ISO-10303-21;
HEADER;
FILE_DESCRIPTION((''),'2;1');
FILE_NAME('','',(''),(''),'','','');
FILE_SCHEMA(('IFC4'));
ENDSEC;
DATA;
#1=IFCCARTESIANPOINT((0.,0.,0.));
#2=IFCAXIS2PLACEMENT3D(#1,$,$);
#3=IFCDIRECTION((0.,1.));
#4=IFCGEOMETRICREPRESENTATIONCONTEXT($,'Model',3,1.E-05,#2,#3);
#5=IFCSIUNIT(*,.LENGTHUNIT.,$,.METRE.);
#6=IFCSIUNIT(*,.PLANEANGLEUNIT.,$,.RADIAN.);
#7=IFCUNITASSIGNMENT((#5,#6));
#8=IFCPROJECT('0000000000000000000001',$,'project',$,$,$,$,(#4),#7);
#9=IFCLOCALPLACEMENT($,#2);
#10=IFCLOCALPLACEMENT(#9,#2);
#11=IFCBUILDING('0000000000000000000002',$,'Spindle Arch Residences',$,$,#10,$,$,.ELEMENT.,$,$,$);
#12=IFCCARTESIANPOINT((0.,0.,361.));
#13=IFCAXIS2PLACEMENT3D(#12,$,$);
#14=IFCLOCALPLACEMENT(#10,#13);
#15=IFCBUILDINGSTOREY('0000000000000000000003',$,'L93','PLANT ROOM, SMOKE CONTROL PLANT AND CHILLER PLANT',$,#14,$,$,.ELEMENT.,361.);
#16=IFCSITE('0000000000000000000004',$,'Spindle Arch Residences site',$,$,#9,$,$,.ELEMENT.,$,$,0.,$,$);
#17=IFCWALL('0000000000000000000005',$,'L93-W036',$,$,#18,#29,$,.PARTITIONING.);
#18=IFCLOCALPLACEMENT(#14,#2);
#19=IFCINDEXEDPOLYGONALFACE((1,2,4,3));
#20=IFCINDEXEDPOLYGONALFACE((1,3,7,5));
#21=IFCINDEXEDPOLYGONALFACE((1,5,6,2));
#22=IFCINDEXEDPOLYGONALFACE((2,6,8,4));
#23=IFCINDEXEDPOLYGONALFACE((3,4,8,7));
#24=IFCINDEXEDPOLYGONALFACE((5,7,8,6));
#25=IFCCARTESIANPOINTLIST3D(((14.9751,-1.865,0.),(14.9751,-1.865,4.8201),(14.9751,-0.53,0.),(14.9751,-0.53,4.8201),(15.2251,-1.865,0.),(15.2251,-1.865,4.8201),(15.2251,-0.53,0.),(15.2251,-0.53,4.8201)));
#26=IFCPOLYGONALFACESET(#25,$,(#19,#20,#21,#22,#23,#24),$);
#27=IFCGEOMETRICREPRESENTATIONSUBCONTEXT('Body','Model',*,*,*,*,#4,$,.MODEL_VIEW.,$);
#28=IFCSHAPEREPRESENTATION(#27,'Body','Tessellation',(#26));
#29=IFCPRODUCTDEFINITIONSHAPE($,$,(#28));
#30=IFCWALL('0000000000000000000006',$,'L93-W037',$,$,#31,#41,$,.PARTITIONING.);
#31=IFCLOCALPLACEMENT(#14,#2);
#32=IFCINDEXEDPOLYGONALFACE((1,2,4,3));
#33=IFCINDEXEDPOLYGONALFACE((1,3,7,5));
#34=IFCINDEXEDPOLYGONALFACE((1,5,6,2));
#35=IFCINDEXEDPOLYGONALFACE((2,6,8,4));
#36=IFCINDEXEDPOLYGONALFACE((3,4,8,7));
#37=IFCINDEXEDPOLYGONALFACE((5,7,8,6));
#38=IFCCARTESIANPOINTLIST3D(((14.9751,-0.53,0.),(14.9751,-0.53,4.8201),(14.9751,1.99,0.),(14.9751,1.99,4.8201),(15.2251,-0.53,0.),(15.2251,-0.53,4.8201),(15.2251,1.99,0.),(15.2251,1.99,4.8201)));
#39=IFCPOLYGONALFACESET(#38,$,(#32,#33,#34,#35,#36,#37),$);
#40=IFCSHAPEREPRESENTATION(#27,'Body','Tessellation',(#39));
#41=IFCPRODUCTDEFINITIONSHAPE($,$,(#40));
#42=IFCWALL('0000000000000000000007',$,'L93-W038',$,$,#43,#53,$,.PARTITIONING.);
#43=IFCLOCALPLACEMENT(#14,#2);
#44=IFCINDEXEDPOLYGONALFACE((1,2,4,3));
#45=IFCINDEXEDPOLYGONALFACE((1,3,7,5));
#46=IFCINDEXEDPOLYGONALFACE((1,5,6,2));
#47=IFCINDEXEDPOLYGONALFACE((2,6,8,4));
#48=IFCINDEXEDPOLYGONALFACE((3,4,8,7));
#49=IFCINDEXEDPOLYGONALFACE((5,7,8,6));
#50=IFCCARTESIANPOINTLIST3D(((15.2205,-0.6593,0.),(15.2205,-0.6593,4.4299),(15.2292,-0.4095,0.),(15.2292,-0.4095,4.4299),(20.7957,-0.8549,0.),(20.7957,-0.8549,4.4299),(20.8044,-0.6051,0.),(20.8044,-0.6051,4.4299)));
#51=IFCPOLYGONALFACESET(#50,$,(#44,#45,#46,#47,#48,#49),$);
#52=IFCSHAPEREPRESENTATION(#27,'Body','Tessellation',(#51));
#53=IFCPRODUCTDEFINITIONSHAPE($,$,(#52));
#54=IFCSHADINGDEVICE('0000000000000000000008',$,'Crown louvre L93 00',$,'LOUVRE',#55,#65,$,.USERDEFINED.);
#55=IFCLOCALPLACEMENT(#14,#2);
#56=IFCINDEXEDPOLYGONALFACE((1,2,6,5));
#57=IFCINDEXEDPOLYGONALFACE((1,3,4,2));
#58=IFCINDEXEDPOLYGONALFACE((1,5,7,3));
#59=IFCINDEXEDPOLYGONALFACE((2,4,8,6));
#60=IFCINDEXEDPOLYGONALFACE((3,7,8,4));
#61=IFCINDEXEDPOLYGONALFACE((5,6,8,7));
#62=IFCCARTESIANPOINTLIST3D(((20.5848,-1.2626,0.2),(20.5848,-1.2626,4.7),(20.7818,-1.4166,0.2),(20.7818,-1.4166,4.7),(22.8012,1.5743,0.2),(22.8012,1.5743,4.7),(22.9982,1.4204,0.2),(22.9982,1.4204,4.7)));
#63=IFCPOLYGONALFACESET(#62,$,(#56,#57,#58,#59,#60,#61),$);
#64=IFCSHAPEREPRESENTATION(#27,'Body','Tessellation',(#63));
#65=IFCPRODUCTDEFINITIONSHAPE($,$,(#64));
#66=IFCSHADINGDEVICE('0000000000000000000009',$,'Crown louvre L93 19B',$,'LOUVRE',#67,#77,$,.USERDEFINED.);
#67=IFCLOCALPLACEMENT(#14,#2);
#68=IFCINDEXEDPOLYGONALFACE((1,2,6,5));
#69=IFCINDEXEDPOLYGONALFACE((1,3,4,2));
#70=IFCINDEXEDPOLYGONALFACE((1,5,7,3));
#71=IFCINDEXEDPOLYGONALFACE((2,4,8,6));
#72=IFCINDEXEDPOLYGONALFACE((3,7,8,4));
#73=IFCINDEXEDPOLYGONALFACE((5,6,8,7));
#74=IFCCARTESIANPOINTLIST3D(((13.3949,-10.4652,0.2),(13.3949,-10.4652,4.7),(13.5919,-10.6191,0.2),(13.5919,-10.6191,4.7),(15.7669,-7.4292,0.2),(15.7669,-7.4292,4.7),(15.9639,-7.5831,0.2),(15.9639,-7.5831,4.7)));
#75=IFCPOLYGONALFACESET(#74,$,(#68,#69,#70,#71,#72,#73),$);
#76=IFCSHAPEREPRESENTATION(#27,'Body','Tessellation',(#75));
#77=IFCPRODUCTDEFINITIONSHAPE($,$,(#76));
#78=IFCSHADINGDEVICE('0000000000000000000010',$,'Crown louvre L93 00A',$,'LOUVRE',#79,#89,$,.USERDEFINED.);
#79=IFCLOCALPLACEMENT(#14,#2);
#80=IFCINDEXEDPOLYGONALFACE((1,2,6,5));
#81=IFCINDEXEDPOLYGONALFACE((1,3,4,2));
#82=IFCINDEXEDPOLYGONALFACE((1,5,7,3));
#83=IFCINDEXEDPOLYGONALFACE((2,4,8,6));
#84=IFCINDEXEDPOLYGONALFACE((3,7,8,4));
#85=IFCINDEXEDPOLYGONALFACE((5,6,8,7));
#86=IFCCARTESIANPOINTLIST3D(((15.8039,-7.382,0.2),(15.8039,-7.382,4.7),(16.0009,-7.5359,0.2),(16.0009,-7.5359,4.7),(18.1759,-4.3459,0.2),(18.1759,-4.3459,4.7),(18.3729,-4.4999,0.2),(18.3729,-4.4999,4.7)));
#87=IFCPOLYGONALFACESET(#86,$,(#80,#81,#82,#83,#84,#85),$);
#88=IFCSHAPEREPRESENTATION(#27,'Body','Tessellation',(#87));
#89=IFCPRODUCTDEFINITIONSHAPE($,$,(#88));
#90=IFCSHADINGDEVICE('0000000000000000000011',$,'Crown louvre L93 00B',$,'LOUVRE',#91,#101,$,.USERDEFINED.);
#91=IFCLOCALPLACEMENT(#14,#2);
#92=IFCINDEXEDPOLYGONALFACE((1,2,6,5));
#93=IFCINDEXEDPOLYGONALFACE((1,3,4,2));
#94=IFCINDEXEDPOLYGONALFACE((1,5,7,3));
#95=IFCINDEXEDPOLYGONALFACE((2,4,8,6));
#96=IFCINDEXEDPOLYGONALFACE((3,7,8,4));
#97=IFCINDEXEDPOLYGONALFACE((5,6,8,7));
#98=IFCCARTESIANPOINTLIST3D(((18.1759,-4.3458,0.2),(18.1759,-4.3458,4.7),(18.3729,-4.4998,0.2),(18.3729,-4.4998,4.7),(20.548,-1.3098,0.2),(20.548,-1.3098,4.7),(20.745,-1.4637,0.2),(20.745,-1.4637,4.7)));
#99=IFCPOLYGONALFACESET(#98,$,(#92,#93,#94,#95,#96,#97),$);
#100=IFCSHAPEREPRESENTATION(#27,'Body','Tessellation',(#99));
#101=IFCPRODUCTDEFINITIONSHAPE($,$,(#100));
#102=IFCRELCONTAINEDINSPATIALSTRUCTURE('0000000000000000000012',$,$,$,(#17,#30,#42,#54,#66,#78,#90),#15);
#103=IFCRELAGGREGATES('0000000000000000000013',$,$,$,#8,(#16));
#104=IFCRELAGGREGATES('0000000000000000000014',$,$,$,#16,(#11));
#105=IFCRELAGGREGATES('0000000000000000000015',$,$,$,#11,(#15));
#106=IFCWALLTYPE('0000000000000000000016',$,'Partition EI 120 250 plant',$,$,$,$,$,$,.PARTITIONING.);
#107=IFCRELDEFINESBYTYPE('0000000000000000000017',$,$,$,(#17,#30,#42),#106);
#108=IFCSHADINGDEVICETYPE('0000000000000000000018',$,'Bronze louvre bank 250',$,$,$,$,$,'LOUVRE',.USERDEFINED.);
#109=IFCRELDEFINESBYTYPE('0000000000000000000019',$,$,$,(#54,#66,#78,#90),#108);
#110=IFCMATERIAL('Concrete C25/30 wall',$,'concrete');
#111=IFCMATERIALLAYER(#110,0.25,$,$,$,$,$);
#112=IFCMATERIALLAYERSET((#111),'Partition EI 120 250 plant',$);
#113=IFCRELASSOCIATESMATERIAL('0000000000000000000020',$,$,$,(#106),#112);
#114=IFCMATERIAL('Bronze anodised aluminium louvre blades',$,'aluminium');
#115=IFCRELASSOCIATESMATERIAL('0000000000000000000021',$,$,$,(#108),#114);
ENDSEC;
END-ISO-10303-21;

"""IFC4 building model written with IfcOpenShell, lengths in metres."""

from ifc_helpers import new_model, si_unit, direction, frame, frame_2d, origin, origin_2d, place, context, subcontext, project, spatial, rectangle, extrude, material, layer, layer_set, type_object, element, save


model = new_model("IFC4")

# Units and contexts
model_context = context("Model", 3, precision=1e-05, world=origin(), true_north=direction((0.0, 1.0)))
body_context = subcontext(model_context, "Body", "Model", "MODEL_VIEW")
ifc_project = project(units=[si_unit("LENGTHUNIT", "METRE"), si_unit("PLANEANGLEUNIT", "RADIAN")], contexts=[model_context])

# Site, building, storey
site_placement = place(None, origin())
site = spatial("IfcSite", under=ifc_project, at=site_placement, Name="Spindle Arch Residences site", CompositionType="ELEMENT", RefElevation=0.0)
building_placement = place(site_placement, origin())
building = spatial("IfcBuilding", under=site, at=building_placement, Name="Spindle Arch Residences", CompositionType="ELEMENT")
storey_placement = place(building_placement, frame((0.0, 0.0, 361.0)))
storey = spatial("IfcBuildingStorey", under=building, at=storey_placement, Name="L93", Description="PLANT ROOM, SMOKE CONTROL PLANT AND CHILLER PLANT", CompositionType="ELEMENT", Elevation=361.0)

# Walls
ifc_material_1 = material(Name="Concrete C25/30 wall", Category="concrete")
ifc_layer_1 = layer(ifc_material_1, 0.25)
ifc_layer_set_1 = layer_set([ifc_layer_1], Name="Partition EI 120 250 plant")
wall_type = type_object("IfcWallType", Name="Partition EI 120 250 plant", PredefinedType="PARTITIONING", material=ifc_layer_set_1)
wall_1_placement = place(storey_placement, frame((15.1001, -1.865, 0.0), z_axis=(0.0, 0.0, 1.0), x_axis=(0.0, 1.0, 0.0)))
element("IfcWall", 1, at=wall_1_placement, inside=storey, type_object=wall_type, Name="L93-W036", PredefinedType="PARTITIONING", context=body_context, shape_type="SweptSolid", body=[
    extrude(rectangle(XDim=1.335, YDim=0.25, at=frame_2d((0.6675, 0.0))), origin(), (0.0, 0.0, 1.0), 4.8201),
])
wall_2_placement = place(storey_placement, frame((15.1001, -0.53, 0.0), z_axis=(0.0, 0.0, 1.0), x_axis=(0.0, 1.0, 0.0)))
element("IfcWall", 2, at=wall_2_placement, inside=storey, type_object=wall_type, Name="L93-W037", PredefinedType="PARTITIONING", context=body_context, shape_type="SweptSolid", body=[
    extrude(rectangle(XDim=2.52, YDim=0.25, at=frame_2d((1.26, 0.0))), origin(), (0.0, 0.0, 1.0), 4.8201),
])
wall_3_placement = place(storey_placement, frame((15.2249, -0.5344, 0.0), z_axis=(0.0, 0.0, 1.0), x_axis=(0.999385, -0.035055, 0.0)))
element("IfcWall", 3, at=wall_3_placement, inside=storey, type_object=wall_type, Name="L93-W038", PredefinedType="PARTITIONING", context=body_context, shape_type="SweptSolid", body=[
    extrude(rectangle(XDim=5.5786, YDim=0.25, at=frame_2d((2.7893, 0.0))), origin(), (0.0, 0.0, 1.0), 4.4299),
])

# Shading devices
ifc_material_2 = material(Name="Bronze anodised aluminium louvre blades", Category="aluminium")
shading_device_type = type_object("IfcShadingDeviceType", Name="Bronze louvre bank 250", ElementType="LOUVRE", PredefinedType="USERDEFINED", material=ifc_material_2)
shading_device_placement = place(storey_placement, frame((21.7915, 0.0789, 0.2), z_axis=(0.0, 0.0, 1.0), x_axis=(0.615661, 0.788011, 0.0)))
element("IfcShadingDevice", 4, at=shading_device_placement, inside=storey, type_object=shading_device_type, Name="Crown louvre L93 00", ObjectType="LOUVRE", PredefinedType="USERDEFINED", context=body_context, shape_type="SweptSolid", body=[
    extrude(rectangle(XDim=3.6001, YDim=0.25, at=origin_2d()), origin(), (0.0, 0.0, 1.0), 4.5),
])
for number, where, z_axis, x_axis, name in (
    (5, (14.6794, -9.0242, 0.2), (0.0, 0.0, 1.0), (0.615661, 0.788011, 0.0), "Crown louvre L93 19B"),
    (6, (17.0884, -5.9409, 0.2), (0.0, 0.0, 1.0), (0.615661, 0.788011, 0.0), "Crown louvre L93 00A"),
    (7, (19.4604, -2.9048, 0.2), (0.0, 0.0, 1.0), (0.615661, 0.788011, 0.0), "Crown louvre L93 00B"),
):
    element("IfcShadingDevice", number, at=place(storey_placement, frame(where, z_axis=z_axis, x_axis=x_axis)), inside=storey, type_object=shading_device_type, Name=name, ObjectType="LOUVRE", PredefinedType="USERDEFINED", context=body_context, shape_type="SweptSolid", body=[
        extrude(rectangle(XDim=3.8528, YDim=0.25, at=origin_2d()), origin(), (0.0, 0.0, 1.0), 4.5),
    ])

save(model, "model.ifc")
